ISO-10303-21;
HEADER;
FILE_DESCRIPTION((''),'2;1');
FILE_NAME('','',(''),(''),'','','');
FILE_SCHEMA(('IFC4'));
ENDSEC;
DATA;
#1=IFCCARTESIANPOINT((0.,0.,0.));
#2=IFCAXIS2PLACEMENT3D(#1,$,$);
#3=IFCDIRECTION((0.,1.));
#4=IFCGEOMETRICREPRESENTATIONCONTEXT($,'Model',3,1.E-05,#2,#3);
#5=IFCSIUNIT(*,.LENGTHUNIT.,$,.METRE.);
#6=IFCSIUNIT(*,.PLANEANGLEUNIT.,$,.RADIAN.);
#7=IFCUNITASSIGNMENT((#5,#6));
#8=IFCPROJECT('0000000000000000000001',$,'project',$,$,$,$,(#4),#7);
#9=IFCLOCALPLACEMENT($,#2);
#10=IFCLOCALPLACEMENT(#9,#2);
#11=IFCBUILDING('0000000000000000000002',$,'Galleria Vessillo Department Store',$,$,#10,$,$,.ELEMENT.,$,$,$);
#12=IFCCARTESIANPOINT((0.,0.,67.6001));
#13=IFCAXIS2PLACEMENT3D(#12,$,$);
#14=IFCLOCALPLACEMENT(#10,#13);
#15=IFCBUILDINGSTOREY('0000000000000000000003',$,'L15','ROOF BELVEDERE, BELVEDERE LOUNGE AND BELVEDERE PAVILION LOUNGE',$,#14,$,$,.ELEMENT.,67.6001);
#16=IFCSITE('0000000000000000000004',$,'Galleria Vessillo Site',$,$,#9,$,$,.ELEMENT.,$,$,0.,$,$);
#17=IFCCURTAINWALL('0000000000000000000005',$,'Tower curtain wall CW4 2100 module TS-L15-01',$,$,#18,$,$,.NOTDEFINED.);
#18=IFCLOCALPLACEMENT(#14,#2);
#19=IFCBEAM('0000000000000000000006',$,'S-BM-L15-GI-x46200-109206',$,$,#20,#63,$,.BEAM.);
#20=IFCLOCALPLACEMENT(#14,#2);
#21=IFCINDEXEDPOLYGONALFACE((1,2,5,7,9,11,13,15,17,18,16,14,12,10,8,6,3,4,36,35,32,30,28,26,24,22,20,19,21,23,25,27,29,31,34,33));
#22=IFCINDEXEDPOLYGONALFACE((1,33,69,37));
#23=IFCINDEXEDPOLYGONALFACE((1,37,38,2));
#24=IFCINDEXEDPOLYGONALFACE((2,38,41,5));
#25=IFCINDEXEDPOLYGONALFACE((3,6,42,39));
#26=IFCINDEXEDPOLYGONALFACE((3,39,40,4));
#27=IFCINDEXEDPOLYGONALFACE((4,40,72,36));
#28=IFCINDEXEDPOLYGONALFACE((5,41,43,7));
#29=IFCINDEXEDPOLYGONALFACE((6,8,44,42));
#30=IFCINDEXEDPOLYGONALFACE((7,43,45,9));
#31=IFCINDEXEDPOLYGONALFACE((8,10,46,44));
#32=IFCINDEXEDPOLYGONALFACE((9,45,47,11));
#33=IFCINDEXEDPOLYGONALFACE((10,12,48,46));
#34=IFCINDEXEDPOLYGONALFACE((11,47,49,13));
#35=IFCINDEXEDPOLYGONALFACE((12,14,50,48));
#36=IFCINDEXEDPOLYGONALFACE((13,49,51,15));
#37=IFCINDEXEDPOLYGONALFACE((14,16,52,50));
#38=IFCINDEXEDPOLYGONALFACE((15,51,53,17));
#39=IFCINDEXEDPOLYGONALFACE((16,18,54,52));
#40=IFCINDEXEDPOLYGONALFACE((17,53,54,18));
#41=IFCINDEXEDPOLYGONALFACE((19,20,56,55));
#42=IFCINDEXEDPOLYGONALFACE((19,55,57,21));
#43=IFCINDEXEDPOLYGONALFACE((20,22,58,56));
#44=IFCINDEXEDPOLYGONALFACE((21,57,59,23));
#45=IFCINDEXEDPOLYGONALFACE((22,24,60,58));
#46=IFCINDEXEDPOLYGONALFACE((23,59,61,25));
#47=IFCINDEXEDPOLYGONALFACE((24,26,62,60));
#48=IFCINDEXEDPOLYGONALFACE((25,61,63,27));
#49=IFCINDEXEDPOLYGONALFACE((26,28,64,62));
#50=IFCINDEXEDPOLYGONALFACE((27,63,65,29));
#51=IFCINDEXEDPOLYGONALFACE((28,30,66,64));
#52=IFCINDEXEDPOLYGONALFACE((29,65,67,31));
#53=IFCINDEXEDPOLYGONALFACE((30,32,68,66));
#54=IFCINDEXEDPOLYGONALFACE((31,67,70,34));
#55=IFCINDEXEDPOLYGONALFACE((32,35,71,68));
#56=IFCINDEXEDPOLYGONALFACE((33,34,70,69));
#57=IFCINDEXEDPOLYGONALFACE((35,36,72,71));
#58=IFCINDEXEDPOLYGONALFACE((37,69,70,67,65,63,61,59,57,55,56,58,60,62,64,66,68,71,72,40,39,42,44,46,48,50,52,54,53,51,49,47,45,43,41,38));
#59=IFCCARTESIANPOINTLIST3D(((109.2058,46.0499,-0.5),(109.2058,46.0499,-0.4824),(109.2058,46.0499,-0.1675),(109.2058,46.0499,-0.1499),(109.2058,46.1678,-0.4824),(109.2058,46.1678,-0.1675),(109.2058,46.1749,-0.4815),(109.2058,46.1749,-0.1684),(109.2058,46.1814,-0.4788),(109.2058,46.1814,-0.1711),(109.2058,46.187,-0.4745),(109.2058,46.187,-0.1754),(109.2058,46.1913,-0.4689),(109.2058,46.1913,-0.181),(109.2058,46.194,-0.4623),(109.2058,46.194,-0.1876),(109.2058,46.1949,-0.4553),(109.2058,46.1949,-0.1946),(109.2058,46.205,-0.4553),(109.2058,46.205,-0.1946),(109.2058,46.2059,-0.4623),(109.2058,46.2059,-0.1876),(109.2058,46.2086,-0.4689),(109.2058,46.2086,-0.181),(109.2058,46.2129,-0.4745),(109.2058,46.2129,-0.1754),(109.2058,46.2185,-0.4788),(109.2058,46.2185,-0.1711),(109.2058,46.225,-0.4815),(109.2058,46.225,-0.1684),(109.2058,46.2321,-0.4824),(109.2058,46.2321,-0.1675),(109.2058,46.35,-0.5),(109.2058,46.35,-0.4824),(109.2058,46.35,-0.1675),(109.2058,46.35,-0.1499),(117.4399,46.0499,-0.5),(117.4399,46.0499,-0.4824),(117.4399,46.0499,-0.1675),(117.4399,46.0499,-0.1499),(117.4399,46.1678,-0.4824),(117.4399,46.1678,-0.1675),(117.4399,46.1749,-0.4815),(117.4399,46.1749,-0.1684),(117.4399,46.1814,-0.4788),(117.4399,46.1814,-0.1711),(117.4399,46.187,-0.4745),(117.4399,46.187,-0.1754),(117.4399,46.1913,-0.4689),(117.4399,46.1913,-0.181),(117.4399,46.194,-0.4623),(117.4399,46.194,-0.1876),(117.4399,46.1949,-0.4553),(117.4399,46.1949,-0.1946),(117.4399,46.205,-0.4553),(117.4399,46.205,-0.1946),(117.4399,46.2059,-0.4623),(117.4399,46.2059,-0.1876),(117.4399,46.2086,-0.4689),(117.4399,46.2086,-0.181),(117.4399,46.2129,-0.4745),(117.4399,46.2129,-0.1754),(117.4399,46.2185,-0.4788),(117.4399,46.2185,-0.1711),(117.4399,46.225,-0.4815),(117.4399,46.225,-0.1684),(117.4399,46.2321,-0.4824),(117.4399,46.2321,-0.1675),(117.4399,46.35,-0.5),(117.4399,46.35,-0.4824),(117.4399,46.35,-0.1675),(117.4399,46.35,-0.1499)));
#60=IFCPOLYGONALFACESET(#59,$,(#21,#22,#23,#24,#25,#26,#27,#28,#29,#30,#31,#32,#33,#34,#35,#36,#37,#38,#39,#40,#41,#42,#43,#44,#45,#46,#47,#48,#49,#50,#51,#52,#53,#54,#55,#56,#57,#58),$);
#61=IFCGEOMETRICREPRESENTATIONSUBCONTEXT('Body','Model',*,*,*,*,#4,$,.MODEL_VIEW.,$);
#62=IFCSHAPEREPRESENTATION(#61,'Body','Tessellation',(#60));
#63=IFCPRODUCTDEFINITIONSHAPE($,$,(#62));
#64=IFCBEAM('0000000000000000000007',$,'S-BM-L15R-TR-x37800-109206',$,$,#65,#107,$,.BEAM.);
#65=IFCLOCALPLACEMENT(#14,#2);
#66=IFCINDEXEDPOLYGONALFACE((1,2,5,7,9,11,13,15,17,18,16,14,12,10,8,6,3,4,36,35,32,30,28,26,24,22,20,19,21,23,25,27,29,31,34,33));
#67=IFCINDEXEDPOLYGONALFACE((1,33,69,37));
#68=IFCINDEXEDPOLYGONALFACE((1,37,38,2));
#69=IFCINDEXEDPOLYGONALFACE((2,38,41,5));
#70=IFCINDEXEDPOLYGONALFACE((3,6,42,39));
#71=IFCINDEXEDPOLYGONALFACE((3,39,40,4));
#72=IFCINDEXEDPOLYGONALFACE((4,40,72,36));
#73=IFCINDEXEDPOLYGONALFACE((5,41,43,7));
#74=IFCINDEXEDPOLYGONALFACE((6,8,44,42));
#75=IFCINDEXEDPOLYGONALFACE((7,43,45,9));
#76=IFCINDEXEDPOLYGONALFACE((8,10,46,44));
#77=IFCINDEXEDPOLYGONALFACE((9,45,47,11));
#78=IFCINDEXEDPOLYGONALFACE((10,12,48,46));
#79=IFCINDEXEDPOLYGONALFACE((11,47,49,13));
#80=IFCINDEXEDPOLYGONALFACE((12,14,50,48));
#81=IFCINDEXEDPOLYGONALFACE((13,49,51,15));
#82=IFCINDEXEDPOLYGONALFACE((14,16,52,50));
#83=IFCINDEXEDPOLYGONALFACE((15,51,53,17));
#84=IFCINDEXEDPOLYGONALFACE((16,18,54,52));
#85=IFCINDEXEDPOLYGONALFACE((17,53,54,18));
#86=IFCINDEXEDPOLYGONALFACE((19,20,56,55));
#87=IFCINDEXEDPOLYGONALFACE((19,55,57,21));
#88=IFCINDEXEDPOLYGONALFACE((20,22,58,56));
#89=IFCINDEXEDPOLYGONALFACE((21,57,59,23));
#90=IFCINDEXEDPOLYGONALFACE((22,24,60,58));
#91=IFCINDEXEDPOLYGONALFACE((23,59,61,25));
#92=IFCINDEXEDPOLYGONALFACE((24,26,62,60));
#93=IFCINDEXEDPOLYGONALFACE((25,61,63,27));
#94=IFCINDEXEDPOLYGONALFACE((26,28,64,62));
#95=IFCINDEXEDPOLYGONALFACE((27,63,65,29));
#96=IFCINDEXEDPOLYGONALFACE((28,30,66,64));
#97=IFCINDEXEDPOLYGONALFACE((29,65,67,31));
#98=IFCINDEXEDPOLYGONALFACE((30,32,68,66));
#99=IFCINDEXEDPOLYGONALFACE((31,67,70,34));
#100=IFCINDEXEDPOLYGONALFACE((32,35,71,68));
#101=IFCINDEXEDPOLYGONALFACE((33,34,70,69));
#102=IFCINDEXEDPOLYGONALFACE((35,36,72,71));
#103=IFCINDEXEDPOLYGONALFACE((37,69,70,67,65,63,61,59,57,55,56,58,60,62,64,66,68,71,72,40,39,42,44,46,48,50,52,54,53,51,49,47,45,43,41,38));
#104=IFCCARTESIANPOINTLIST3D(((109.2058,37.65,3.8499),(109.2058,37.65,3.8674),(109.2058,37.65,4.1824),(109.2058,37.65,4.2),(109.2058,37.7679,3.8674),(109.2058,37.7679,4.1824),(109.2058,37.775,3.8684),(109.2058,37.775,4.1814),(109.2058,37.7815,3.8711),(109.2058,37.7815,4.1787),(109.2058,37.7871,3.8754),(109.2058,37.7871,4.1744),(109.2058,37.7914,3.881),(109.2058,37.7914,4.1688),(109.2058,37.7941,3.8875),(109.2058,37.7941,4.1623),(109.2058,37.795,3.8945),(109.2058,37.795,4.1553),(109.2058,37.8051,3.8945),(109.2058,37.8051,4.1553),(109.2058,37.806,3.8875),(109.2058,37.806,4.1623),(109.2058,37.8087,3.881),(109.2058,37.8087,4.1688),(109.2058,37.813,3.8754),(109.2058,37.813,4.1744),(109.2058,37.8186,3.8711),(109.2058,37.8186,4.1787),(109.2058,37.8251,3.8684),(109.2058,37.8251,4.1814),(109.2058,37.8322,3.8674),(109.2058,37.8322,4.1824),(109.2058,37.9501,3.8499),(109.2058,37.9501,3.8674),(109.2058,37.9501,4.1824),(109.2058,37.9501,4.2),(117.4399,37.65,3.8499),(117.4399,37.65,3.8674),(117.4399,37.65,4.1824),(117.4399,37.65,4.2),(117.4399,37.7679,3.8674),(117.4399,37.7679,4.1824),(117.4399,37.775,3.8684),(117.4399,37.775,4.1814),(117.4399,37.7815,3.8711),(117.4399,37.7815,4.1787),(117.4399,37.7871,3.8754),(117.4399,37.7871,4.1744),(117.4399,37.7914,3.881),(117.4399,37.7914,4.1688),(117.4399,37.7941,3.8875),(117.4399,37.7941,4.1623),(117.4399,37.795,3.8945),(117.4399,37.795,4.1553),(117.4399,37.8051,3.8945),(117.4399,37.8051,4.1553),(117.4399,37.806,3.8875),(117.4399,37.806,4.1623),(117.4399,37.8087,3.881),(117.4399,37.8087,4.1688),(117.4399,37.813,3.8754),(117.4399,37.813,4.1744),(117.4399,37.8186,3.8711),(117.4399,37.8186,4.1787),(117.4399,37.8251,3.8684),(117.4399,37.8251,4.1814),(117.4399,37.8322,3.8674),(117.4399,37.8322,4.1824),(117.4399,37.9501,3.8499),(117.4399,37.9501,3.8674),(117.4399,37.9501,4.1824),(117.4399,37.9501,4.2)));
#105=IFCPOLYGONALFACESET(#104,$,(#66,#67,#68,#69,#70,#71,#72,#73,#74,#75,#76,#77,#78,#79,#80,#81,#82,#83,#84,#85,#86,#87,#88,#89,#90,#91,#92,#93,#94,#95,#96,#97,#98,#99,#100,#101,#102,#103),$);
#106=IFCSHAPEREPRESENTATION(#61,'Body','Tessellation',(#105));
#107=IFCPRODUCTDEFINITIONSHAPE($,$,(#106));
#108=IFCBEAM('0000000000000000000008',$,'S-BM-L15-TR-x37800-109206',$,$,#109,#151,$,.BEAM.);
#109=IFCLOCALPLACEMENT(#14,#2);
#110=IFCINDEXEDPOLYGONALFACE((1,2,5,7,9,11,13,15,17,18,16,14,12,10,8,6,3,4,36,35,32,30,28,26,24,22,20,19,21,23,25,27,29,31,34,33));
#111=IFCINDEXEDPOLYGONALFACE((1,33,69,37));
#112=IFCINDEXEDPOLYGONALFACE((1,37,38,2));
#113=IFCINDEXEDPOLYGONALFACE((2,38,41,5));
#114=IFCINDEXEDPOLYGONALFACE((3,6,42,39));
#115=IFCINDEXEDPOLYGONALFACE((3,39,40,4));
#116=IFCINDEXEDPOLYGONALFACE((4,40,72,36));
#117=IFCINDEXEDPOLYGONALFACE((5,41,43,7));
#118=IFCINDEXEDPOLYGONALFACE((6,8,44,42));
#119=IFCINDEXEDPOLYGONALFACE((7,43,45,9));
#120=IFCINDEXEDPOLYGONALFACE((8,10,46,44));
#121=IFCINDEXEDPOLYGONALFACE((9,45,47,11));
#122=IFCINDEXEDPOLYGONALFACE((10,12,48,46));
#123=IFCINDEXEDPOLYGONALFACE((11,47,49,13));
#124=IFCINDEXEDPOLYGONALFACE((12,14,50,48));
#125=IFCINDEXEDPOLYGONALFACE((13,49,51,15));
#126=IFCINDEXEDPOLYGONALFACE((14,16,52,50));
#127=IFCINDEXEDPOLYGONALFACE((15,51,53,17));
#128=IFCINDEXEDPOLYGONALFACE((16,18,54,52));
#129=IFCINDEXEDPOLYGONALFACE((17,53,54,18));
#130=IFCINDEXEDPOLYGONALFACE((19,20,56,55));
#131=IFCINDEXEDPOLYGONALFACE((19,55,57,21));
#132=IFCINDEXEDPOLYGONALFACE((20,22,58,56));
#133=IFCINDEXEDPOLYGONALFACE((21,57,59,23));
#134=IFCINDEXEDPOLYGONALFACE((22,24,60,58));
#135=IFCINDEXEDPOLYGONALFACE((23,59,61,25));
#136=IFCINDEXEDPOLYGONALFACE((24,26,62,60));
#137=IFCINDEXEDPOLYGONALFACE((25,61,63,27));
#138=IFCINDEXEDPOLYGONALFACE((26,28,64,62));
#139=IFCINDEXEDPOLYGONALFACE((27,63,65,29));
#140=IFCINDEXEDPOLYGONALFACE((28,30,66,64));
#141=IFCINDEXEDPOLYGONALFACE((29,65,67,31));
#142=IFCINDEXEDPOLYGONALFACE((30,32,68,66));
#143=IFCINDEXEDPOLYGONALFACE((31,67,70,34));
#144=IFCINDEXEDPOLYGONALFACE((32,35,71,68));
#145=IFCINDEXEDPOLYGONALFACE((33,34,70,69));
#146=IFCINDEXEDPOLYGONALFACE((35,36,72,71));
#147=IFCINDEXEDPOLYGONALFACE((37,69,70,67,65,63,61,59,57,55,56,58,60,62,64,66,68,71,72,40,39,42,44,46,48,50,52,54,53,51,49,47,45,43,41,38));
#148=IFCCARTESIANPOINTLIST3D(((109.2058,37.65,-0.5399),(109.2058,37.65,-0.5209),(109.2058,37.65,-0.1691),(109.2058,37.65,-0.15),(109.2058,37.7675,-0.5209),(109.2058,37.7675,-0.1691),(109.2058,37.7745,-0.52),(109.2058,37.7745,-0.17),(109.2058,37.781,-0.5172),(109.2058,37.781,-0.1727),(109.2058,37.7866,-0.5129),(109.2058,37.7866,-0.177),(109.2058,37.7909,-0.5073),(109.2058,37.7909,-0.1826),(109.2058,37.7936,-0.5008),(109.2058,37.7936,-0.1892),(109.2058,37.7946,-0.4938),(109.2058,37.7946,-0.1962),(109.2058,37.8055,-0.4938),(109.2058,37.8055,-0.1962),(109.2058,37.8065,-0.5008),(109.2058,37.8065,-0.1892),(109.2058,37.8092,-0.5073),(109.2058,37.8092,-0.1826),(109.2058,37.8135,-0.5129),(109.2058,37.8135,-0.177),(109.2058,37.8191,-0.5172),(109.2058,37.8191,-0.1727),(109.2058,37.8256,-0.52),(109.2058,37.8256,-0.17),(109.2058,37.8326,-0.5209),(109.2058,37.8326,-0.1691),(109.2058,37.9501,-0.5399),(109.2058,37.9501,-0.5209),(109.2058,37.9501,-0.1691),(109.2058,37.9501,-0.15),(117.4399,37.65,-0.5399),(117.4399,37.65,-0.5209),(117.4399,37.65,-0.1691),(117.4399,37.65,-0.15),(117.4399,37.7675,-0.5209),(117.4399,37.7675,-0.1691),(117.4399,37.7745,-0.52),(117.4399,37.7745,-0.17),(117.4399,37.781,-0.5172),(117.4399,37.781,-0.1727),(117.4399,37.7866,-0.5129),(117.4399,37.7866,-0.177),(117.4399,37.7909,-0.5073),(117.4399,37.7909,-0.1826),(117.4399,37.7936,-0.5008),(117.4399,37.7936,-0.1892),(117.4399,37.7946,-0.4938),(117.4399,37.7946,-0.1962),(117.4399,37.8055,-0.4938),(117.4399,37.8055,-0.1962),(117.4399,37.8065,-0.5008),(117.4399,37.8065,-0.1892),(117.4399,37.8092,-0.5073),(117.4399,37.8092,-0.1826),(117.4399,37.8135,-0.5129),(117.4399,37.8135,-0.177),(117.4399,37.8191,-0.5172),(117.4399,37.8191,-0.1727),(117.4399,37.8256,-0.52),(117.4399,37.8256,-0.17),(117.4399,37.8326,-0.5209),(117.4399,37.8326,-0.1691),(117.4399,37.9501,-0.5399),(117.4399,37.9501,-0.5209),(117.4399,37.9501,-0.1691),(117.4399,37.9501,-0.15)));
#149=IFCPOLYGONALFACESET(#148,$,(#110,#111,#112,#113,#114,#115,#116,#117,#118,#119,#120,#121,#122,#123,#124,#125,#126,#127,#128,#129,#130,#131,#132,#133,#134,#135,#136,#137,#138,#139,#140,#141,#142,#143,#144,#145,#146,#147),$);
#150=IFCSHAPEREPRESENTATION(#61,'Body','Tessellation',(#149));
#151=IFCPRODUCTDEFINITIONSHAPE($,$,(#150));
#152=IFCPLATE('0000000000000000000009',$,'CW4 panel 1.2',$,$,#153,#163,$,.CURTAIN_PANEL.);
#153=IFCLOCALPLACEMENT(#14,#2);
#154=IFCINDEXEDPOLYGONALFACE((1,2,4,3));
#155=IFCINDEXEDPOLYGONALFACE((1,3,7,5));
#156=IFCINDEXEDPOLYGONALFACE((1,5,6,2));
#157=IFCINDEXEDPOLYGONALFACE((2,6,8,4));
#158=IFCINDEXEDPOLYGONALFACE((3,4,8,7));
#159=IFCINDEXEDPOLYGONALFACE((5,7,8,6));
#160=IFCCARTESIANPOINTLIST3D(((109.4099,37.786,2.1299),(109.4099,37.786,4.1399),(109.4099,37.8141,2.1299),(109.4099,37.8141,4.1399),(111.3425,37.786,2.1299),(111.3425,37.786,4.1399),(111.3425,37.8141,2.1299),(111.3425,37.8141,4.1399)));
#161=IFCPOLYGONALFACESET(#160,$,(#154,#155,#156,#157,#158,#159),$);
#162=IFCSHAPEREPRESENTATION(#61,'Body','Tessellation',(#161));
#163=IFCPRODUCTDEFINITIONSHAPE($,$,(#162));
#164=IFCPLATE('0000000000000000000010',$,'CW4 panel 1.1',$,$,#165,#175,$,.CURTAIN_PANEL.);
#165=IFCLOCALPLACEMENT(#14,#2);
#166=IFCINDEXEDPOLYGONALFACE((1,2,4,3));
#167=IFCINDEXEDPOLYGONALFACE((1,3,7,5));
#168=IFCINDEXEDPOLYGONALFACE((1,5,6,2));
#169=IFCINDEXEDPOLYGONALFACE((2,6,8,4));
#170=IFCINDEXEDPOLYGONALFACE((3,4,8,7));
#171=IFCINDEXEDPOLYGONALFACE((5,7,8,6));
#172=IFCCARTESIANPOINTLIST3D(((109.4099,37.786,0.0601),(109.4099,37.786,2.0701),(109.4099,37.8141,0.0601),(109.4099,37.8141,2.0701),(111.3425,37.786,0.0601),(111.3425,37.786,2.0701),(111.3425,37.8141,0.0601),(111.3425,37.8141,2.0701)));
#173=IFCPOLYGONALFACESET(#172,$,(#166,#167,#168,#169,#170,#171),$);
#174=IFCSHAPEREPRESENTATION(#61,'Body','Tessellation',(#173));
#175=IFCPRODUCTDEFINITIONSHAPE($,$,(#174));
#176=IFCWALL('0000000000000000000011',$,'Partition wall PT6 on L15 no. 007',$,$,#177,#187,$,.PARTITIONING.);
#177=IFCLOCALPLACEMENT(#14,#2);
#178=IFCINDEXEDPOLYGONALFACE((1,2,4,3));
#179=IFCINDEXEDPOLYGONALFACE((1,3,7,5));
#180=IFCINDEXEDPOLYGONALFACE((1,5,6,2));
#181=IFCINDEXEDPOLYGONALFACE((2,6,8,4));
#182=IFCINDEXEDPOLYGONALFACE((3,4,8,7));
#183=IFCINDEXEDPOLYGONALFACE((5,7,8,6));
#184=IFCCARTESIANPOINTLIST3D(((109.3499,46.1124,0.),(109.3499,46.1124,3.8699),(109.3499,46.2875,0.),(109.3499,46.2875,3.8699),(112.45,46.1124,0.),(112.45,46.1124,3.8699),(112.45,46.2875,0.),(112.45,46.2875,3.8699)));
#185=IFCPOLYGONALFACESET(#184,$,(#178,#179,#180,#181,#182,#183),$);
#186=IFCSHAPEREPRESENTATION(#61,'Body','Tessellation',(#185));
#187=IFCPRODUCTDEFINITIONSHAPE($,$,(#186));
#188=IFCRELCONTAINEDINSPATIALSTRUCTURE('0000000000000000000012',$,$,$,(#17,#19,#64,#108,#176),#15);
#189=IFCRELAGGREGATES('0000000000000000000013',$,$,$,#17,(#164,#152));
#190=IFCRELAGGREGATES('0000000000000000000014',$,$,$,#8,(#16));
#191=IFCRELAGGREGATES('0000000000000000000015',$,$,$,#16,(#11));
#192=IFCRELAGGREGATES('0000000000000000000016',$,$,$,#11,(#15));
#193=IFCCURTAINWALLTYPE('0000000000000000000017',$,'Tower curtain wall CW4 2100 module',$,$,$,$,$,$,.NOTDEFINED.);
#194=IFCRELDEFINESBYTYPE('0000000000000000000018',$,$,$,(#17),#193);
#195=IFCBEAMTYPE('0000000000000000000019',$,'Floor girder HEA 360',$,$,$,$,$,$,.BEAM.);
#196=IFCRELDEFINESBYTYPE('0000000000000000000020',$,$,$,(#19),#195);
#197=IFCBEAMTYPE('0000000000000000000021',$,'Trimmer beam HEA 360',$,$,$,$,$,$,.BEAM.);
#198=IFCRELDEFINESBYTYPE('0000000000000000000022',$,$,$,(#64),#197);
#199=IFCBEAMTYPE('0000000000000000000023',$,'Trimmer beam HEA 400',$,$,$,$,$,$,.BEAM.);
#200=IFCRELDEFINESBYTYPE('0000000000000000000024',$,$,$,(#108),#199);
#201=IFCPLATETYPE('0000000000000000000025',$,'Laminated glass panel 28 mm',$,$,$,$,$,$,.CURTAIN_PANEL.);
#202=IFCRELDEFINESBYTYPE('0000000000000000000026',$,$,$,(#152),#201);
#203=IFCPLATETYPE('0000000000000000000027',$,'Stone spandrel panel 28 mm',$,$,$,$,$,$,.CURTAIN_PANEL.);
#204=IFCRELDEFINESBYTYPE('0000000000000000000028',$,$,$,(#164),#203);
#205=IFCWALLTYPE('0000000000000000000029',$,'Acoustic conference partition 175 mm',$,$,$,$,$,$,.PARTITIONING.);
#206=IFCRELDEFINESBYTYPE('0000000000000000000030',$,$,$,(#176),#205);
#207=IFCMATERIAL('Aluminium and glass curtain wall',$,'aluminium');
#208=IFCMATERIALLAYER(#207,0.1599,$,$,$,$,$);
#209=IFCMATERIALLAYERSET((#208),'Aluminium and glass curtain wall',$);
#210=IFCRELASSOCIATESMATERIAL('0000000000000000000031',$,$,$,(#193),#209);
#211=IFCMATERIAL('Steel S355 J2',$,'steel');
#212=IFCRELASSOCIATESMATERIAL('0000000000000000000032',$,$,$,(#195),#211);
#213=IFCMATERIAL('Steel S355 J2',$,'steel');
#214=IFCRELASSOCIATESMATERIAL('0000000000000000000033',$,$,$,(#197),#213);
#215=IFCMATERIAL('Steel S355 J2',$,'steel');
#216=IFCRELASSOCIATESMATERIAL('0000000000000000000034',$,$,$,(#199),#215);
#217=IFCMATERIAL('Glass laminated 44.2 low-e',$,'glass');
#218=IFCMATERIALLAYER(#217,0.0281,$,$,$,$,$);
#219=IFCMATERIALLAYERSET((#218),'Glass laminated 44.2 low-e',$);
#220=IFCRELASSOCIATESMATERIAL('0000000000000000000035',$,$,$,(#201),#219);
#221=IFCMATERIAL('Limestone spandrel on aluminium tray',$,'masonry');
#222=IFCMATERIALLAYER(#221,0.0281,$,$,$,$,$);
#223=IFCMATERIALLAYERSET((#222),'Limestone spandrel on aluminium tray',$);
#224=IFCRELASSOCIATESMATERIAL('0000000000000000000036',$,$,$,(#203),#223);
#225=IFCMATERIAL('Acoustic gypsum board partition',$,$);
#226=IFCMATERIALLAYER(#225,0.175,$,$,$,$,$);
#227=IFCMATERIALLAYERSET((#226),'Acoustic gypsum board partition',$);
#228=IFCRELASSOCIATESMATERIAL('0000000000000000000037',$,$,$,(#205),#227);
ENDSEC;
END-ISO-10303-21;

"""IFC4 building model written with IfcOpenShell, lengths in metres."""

from ifc_helpers import new_model, si_unit, direction, frame, frame_2d, origin, origin_2d, place, context, subcontext, project, spatial, rectangle, i_section, extrude, material, layer, layer_set, material_profile, profile_set, type_object, element, aggregate, save


model = new_model("IFC4")

# Units and contexts
model_context = context("Model", 3, precision=1e-05, world=origin(), true_north=direction((0.0, 1.0)))
body_context = subcontext(model_context, "Body", "Model", "MODEL_VIEW")
ifc_project = project(units=[si_unit("LENGTHUNIT", "METRE"), si_unit("PLANEANGLEUNIT", "RADIAN")], contexts=[model_context])

# Site, building, storey
site_placement = place(None, origin())
site = spatial("IfcSite", under=ifc_project, at=site_placement, Name="Galleria Vessillo Site", CompositionType="ELEMENT", RefElevation=0.0)
building_placement = place(site_placement, origin())
building = spatial("IfcBuilding", under=site, at=building_placement, Name="Galleria Vessillo Department Store", CompositionType="ELEMENT")
storey_placement = place(building_placement, frame((0.0, 0.0, 67.6001)))
storey = spatial("IfcBuildingStorey", under=building, at=storey_placement, Name="L15", Description="ROOF BELVEDERE, BELVEDERE LOUNGE AND BELVEDERE PAVILION LOUNGE", CompositionType="ELEMENT", Elevation=67.6001)

# Curtain wall
ifc_material_1 = material(Name="Aluminium and glass curtain wall", Category="aluminium")
ifc_layer_1 = layer(ifc_material_1, 0.1599)
ifc_layer_set_1 = layer_set([ifc_layer_1], Name="Aluminium and glass curtain wall")
curtain_wall_type = type_object("IfcCurtainWallType", Name="Tower curtain wall CW4 2100 module", PredefinedType="NOTDEFINED", material=ifc_layer_set_1)
curtain_wall_placement = place(storey_placement, origin())
curtain_wall = element("IfcCurtainWall", 1, at=curtain_wall_placement, inside=storey, type_object=curtain_wall_type, Name="Tower curtain wall CW4 2100 module TS-L15-01", PredefinedType="NOTDEFINED")

# Beams
ifc_material_2 = material(Name="Steel S355 J2", Category="steel")
ifc_material_profile_1 = material_profile(ifc_material_2, i_section(OverallWidth=0.3, OverallDepth=0.3501, WebThickness=0.01, FlangeThickness=0.0176, FilletRadius=0.0271, at=origin_2d()), Name="HEA 360")
ifc_profile_set_1 = profile_set([ifc_material_profile_1], Name="Steel S355 J2")
beam_type_1 = type_object("IfcBeamType", Name="Floor girder HEA 360", PredefinedType="BEAM", material=ifc_profile_set_1)
beam_1_placement = place(storey_placement, frame((109.2058, 46.2, -0.325), z_axis=(1.0, 0.0, 0.0), x_axis=(0.0, 1.0, 0.0)))
element("IfcBeam", 2, at=beam_1_placement, inside=storey, type_object=beam_type_1, Name="S-BM-L15-GI-x46200-109206", PredefinedType="BEAM", context=body_context, shape_type="SweptSolid", body=[
    extrude(i_section(OverallWidth=0.3, OverallDepth=0.3501, WebThickness=0.01, FlangeThickness=0.0176, FilletRadius=0.0271, at=origin_2d()), origin(), (0.0, 0.0, 1.0), 8.2341),
])
ifc_material_3 = material(Name="Steel S355 J2", Category="steel")
ifc_material_profile_2 = material_profile(ifc_material_3, i_section(OverallWidth=0.3, OverallDepth=0.3501, WebThickness=0.01, FlangeThickness=0.0176, FilletRadius=0.0271, at=origin_2d()), Name="HEA 360")
ifc_profile_set_2 = profile_set([ifc_material_profile_2], Name="Steel S355 J2")
beam_type_2 = type_object("IfcBeamType", Name="Trimmer beam HEA 360", PredefinedType="BEAM", material=ifc_profile_set_2)
beam_2_placement = place(storey_placement, frame((109.2058, 37.8, 4.0249), z_axis=(1.0, 0.0, 0.0), x_axis=(0.0, 1.0, 0.0)))
element("IfcBeam", 3, at=beam_2_placement, inside=storey, type_object=beam_type_2, Name="S-BM-L15R-TR-x37800-109206", PredefinedType="BEAM", context=body_context, shape_type="SweptSolid", body=[
    extrude(i_section(OverallWidth=0.3, OverallDepth=0.3501, WebThickness=0.01, FlangeThickness=0.0176, FilletRadius=0.0271, at=origin_2d()), origin(), (0.0, 0.0, 1.0), 8.2341),
])
ifc_material_4 = material(Name="Steel S355 J2", Category="steel")
ifc_material_profile_3 = material_profile(ifc_material_4, i_section(OverallWidth=0.3, OverallDepth=0.3899, WebThickness=0.011, FlangeThickness=0.019, FilletRadius=0.0271, at=origin_2d()), Name="HEA 400")
ifc_profile_set_3 = profile_set([ifc_material_profile_3], Name="Steel S355 J2")
beam_type_3 = type_object("IfcBeamType", Name="Trimmer beam HEA 400", PredefinedType="BEAM", material=ifc_profile_set_3)
beam_3_placement = place(storey_placement, frame((109.2058, 37.8, -0.345), z_axis=(1.0, 0.0, 0.0), x_axis=(0.0, 1.0, 0.0)))
element("IfcBeam", 4, at=beam_3_placement, inside=storey, type_object=beam_type_3, Name="S-BM-L15-TR-x37800-109206", PredefinedType="BEAM", context=body_context, shape_type="SweptSolid", body=[
    extrude(i_section(OverallWidth=0.3, OverallDepth=0.3899, WebThickness=0.011, FlangeThickness=0.019, FilletRadius=0.0271, at=origin_2d()), origin(), (0.0, 0.0, 1.0), 8.2341),
])

# Plates
ifc_material_5 = material(Name="Glass laminated 44.2 low-e", Category="glass")
ifc_layer_2 = layer(ifc_material_5, 0.0281)
ifc_layer_set_2 = layer_set([ifc_layer_2], Name="Glass laminated 44.2 low-e")
plate_type_1 = type_object("IfcPlateType", Name="Laminated glass panel 28 mm", PredefinedType="CURTAIN_PANEL", material=ifc_layer_set_2)
plate_1_placement = place(storey_placement, frame((110.3762, 37.8, 2.1299), z_axis=(0.0, 0.0, 1.0), x_axis=(1.0, 0.0, 0.0)))
plate_1 = element("IfcPlate", 5, at=plate_1_placement, type_object=plate_type_1, Name="CW4 panel 1.2", PredefinedType="CURTAIN_PANEL", context=body_context, shape_type="SweptSolid", body=[
    extrude(rectangle(XDim=1.9326, YDim=0.0281, at=origin_2d()), origin(), (0.0, 0.0, 1.0), 2.01),
])
ifc_material_6 = material(Name="Limestone spandrel on aluminium tray", Category="masonry")
ifc_layer_3 = layer(ifc_material_6, 0.0281)
ifc_layer_set_3 = layer_set([ifc_layer_3], Name="Limestone spandrel on aluminium tray")
plate_type_2 = type_object("IfcPlateType", Name="Stone spandrel panel 28 mm", PredefinedType="CURTAIN_PANEL", material=ifc_layer_set_3)
plate_2_placement = place(storey_placement, frame((110.3762, 37.8, 0.0601), z_axis=(0.0, 0.0, 1.0), x_axis=(1.0, 0.0, 0.0)))
plate_2 = element("IfcPlate", 6, at=plate_2_placement, type_object=plate_type_2, Name="CW4 panel 1.1", PredefinedType="CURTAIN_PANEL", context=body_context, shape_type="SweptSolid", body=[
    extrude(rectangle(XDim=1.9326, YDim=0.0281, at=origin_2d()), origin(), (0.0, 0.0, 1.0), 2.01),
])
aggregate(curtain_wall, [plate_2, plate_1])

# Wall
ifc_material_7 = material(Name="Acoustic gypsum board partition")
ifc_layer_4 = layer(ifc_material_7, 0.175)
ifc_layer_set_4 = layer_set([ifc_layer_4], Name="Acoustic gypsum board partition")
wall_type = type_object("IfcWallType", Name="Acoustic conference partition 175 mm", PredefinedType="PARTITIONING", material=ifc_layer_set_4)
wall_placement = place(storey_placement, frame((109.3499, 46.2, 0.0), z_axis=(0.0, 0.0, 1.0), x_axis=(1.0, 0.0, 0.0)))
element("IfcWall", 7, at=wall_placement, inside=storey, type_object=wall_type, Name="Partition wall PT6 on L15 no. 007", PredefinedType="PARTITIONING", context=body_context, shape_type="SweptSolid", body=[
    extrude(rectangle(XDim=3.1001, YDim=0.175, at=frame_2d((1.55, 0.0))), origin(), (0.0, 0.0, 1.0), 3.8699),
])

save(model, "model.ifc")
